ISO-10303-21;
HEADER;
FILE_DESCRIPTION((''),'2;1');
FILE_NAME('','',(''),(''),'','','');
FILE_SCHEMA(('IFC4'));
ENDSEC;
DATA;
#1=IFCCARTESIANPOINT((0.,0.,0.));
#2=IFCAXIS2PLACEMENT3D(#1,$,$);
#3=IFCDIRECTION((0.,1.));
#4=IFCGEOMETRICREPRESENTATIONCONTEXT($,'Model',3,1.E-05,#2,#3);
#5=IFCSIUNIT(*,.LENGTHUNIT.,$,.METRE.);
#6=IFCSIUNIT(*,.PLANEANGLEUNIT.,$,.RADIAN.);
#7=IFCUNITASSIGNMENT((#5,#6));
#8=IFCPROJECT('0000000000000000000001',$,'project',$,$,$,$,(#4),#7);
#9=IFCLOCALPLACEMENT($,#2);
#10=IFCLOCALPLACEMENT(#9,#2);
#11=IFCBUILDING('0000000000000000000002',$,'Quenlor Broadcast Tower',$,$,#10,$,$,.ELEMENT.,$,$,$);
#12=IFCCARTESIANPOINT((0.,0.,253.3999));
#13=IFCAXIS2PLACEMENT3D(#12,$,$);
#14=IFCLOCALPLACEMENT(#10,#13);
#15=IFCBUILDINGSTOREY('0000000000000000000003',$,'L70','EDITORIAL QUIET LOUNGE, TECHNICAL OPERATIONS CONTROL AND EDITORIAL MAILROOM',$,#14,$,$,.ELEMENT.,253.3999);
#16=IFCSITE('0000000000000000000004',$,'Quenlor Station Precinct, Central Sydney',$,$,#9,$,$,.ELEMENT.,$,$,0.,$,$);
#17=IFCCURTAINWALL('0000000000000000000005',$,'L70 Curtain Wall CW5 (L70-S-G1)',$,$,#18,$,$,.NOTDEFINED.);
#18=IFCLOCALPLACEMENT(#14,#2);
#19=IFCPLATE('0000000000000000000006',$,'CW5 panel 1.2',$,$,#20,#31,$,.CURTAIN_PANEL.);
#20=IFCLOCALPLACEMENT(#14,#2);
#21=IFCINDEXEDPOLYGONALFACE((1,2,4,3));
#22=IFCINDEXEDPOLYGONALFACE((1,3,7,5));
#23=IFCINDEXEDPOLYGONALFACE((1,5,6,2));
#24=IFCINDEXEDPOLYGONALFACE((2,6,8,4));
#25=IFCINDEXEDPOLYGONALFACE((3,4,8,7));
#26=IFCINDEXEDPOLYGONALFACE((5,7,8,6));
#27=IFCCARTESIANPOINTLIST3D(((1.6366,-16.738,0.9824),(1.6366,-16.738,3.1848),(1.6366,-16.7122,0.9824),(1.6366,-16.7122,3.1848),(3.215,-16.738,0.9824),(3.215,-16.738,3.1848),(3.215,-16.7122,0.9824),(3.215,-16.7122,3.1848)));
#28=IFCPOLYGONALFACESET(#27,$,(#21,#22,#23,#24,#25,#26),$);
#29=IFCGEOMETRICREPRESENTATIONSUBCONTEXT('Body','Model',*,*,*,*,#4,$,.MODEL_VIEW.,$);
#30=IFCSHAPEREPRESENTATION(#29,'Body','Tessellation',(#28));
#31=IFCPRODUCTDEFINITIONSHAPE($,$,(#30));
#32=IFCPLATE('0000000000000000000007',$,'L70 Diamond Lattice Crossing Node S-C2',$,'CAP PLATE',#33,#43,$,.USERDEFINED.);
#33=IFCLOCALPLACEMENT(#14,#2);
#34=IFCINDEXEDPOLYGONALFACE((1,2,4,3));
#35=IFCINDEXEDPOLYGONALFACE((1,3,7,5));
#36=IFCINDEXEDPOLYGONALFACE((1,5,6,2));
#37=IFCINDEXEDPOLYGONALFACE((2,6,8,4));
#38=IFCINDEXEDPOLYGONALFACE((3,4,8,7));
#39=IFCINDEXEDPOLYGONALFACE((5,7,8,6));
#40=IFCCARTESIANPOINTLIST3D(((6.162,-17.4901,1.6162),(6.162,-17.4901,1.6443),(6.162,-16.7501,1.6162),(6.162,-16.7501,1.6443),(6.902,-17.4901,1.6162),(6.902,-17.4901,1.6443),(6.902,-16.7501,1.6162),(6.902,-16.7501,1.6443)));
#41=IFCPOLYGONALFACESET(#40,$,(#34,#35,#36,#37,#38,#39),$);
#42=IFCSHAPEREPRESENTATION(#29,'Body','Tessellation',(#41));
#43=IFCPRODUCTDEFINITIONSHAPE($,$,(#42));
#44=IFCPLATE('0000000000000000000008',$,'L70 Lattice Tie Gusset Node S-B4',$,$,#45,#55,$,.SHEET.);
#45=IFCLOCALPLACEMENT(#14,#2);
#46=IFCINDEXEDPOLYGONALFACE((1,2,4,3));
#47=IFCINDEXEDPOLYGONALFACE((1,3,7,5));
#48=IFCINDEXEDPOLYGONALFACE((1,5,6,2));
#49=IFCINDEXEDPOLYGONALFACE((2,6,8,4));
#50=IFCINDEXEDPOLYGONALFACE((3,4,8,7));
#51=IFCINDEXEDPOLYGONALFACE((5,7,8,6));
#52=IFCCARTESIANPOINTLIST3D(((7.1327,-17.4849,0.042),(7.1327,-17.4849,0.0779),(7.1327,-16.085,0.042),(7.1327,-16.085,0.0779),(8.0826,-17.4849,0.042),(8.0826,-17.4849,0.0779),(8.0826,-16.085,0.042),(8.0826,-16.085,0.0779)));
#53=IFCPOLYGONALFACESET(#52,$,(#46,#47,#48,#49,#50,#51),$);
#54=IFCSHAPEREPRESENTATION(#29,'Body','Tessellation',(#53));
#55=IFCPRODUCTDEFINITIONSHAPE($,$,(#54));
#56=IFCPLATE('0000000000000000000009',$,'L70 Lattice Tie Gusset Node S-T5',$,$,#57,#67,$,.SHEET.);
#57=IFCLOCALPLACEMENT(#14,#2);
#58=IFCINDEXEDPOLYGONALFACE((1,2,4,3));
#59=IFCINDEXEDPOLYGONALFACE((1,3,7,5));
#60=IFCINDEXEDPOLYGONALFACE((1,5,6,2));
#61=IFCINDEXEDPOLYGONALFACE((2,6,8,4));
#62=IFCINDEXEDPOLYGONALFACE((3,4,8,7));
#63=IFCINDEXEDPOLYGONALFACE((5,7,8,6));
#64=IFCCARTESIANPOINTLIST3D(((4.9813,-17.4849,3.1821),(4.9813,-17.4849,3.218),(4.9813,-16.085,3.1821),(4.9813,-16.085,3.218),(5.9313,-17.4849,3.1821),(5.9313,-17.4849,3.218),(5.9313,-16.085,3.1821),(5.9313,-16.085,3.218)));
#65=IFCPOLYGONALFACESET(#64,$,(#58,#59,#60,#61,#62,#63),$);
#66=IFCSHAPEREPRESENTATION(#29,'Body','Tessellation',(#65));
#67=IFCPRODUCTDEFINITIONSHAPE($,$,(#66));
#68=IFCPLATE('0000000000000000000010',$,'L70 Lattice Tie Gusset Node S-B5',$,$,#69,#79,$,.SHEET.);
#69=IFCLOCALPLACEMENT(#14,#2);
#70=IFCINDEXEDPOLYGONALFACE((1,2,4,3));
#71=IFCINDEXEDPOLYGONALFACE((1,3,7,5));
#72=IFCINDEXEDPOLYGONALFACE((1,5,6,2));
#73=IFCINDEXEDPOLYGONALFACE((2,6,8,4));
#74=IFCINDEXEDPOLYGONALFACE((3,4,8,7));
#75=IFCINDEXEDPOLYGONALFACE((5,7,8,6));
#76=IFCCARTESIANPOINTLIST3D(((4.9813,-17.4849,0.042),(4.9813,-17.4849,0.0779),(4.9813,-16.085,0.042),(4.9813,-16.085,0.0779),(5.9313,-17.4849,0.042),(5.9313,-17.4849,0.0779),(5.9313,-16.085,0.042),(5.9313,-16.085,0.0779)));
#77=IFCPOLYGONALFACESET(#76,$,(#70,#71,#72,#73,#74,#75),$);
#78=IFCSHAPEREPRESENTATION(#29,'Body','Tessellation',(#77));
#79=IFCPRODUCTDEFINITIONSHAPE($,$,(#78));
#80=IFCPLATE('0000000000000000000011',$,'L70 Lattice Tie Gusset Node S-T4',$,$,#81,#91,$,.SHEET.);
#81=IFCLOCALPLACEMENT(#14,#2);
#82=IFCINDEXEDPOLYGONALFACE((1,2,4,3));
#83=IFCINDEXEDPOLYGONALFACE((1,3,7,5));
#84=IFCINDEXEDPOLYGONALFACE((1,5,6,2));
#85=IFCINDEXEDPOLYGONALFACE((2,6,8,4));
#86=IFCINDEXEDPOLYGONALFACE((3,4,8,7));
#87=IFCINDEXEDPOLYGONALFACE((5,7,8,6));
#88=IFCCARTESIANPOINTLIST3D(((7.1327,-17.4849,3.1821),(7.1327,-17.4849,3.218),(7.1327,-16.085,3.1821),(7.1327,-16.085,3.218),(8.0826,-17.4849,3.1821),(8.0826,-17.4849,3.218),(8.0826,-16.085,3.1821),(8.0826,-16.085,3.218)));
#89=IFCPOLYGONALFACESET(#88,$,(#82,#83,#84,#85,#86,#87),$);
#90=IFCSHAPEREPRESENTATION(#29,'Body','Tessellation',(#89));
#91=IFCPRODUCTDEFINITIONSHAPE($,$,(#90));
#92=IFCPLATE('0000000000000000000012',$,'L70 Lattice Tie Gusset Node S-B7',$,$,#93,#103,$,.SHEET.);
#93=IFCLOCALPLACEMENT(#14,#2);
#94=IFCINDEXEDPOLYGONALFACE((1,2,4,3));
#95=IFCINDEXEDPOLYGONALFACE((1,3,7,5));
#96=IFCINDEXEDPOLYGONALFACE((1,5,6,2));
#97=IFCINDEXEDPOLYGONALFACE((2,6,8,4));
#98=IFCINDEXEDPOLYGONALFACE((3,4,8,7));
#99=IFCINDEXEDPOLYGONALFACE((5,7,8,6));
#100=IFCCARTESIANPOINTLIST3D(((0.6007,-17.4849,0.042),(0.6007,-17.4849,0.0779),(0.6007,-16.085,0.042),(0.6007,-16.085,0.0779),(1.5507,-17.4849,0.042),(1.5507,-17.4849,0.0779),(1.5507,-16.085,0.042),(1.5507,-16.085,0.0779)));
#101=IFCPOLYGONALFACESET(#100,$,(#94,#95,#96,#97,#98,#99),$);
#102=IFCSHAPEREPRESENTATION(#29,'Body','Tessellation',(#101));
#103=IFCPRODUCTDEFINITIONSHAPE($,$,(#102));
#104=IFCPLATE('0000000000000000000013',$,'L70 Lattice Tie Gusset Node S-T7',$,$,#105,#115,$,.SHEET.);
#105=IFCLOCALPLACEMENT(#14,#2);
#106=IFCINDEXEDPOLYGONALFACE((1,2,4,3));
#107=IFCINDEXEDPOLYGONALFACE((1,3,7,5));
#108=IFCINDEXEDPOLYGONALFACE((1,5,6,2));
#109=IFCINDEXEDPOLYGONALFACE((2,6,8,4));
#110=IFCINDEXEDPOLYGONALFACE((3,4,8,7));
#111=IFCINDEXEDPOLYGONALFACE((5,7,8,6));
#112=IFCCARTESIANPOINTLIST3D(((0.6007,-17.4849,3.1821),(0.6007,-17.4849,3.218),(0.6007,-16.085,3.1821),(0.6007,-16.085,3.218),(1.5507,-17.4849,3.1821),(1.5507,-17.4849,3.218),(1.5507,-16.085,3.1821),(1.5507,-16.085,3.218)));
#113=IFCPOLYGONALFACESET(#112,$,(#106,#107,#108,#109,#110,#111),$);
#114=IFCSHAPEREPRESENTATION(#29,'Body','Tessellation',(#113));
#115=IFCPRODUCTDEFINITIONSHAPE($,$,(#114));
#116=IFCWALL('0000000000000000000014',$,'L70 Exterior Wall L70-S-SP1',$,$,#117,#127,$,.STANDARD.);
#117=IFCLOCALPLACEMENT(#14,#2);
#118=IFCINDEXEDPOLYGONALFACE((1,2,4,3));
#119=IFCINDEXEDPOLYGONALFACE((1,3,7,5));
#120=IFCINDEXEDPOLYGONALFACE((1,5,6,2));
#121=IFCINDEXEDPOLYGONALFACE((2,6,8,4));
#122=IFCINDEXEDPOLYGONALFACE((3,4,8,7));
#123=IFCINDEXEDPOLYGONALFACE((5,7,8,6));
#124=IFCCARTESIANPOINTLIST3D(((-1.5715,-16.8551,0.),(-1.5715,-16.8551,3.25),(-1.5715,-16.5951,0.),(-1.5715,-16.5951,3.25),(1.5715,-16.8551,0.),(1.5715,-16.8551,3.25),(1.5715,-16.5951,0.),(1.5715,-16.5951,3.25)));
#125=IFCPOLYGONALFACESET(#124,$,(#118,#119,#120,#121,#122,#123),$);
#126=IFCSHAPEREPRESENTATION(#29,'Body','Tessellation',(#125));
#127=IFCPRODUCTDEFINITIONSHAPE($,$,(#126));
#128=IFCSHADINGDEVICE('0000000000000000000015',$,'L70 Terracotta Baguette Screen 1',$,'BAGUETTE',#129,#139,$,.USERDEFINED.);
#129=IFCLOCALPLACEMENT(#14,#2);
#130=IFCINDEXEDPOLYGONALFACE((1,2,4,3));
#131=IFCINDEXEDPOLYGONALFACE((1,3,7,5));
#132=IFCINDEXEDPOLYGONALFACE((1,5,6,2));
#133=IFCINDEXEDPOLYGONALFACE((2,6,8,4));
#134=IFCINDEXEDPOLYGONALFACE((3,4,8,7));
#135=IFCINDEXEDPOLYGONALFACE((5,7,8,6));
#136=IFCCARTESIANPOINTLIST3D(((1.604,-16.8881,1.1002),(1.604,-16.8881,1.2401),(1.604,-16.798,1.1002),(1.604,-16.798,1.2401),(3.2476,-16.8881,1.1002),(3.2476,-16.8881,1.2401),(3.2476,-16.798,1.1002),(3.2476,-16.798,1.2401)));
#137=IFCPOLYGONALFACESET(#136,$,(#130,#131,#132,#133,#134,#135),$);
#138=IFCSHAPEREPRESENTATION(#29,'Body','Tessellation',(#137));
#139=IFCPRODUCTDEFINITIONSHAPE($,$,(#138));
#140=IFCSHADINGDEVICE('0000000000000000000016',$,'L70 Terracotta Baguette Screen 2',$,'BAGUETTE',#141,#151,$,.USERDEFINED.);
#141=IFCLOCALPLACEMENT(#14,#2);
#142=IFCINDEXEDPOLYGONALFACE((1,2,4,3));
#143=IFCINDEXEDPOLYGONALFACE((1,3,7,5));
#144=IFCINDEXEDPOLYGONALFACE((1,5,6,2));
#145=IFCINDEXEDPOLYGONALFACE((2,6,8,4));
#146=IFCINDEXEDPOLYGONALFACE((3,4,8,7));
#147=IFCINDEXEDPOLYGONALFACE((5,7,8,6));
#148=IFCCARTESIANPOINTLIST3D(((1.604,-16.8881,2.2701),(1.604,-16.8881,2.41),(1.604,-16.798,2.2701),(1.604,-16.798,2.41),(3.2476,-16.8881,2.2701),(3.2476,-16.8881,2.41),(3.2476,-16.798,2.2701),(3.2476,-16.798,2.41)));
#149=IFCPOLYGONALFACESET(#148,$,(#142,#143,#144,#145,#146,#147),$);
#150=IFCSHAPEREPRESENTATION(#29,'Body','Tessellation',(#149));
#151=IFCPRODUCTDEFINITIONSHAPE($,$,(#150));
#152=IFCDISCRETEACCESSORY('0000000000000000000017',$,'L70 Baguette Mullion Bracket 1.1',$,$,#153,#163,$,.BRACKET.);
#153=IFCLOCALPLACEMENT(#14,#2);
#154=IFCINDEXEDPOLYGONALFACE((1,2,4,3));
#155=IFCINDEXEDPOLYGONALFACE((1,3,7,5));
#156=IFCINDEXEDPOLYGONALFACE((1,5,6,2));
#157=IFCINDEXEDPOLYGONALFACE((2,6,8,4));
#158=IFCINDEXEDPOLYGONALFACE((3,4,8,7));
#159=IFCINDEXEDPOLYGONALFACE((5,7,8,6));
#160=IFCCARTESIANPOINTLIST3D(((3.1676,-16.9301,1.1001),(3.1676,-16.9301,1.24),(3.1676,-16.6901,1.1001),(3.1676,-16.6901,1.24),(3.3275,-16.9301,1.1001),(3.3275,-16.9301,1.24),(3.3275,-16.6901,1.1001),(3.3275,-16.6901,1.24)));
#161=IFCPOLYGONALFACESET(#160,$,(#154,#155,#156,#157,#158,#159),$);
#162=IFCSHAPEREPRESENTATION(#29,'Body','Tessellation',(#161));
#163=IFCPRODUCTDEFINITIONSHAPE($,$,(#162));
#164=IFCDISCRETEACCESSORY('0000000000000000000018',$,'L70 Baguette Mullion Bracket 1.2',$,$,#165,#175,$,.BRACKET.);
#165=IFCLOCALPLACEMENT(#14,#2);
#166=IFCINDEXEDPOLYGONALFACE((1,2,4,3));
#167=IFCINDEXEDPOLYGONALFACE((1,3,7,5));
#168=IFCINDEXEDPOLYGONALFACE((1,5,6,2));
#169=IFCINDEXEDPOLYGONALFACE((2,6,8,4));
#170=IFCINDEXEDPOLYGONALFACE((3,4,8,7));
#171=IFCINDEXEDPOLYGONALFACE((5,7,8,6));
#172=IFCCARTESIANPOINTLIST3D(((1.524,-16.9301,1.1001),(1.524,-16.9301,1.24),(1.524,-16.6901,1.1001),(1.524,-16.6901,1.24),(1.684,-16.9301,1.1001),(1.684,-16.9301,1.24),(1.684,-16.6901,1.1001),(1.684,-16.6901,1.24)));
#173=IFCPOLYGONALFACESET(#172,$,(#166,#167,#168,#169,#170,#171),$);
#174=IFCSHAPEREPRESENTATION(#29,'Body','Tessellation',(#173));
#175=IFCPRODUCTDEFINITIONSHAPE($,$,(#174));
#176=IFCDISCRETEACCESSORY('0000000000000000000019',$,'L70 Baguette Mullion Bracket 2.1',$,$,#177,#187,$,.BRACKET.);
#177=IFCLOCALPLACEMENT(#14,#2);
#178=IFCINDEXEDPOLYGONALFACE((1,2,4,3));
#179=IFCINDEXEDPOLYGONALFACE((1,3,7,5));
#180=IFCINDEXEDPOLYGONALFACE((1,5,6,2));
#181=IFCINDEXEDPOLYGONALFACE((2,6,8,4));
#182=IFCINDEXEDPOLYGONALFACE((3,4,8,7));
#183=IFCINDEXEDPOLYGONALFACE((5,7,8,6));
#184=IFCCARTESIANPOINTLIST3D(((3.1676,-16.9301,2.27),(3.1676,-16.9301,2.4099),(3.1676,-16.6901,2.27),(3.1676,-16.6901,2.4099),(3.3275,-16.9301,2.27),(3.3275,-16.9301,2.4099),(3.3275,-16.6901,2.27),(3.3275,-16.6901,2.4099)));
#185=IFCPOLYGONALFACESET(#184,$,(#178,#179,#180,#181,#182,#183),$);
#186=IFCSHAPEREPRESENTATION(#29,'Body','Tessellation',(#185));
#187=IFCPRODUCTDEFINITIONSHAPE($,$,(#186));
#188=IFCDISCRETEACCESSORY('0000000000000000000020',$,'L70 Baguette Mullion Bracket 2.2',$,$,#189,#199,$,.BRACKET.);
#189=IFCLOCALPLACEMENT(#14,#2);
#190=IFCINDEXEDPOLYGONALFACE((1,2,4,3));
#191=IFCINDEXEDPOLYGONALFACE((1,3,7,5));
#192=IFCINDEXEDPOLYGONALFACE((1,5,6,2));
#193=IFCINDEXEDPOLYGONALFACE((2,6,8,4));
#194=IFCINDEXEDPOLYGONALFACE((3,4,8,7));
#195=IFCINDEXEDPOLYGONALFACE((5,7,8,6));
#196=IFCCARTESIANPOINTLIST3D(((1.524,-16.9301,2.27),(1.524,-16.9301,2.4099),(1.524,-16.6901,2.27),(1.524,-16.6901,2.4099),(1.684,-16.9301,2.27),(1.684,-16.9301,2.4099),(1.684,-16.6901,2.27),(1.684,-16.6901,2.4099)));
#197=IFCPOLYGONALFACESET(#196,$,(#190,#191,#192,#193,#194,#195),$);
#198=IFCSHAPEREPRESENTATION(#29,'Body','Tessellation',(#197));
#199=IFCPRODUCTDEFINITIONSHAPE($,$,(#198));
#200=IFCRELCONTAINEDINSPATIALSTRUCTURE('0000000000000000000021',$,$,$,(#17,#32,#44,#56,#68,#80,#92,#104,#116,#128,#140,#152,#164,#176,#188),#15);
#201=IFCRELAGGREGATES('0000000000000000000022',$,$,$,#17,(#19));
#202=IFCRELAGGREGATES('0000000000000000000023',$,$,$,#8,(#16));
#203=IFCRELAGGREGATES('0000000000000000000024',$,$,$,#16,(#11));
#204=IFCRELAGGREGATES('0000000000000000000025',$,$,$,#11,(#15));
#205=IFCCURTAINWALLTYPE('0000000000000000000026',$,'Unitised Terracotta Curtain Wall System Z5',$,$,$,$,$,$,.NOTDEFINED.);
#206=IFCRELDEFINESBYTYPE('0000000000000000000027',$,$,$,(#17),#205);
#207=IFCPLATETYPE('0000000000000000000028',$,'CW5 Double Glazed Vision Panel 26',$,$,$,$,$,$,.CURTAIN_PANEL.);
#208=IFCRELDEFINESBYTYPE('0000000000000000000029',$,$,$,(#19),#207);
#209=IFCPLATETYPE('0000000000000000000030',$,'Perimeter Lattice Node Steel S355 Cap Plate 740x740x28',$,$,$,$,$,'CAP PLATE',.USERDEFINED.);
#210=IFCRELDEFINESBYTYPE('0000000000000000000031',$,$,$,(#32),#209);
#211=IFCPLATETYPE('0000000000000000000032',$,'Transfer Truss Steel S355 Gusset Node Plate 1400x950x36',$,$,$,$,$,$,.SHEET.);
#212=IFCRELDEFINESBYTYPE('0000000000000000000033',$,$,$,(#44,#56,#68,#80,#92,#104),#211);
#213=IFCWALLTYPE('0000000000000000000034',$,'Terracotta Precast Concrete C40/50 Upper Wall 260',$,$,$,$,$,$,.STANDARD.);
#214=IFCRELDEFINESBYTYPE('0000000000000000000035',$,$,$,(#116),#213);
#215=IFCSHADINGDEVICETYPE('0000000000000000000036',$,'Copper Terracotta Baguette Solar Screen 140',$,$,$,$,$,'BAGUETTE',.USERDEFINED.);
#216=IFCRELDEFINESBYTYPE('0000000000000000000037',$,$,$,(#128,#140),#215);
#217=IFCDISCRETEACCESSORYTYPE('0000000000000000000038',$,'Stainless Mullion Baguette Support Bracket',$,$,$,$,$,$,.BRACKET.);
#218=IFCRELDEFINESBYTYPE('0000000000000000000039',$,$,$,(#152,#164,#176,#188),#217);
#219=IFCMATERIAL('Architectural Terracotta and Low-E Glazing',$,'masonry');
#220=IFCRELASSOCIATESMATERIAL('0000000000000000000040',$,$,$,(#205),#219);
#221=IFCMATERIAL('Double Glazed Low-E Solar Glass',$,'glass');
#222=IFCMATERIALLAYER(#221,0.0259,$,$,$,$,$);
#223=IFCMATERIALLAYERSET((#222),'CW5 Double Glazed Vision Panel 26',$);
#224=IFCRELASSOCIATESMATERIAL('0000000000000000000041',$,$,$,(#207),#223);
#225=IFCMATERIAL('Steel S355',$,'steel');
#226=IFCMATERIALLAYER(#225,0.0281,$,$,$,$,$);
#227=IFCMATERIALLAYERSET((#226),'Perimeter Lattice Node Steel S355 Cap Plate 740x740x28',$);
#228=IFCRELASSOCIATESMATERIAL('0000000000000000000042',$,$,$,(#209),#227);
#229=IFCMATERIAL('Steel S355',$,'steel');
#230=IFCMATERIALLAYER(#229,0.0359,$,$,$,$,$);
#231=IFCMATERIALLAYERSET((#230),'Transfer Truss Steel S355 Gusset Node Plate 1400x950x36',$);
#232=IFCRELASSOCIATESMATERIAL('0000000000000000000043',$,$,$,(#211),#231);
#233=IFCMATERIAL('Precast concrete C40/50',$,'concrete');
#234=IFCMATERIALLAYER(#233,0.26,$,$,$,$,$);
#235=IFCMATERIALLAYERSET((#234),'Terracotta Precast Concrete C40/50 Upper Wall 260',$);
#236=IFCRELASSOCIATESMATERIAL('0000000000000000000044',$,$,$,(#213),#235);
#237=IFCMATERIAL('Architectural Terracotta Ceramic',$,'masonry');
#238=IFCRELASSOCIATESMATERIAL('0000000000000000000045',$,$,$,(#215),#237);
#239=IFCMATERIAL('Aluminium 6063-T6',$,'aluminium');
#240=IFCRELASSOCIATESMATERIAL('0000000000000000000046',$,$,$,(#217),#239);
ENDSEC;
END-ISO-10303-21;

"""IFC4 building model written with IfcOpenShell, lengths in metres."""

from ifc_helpers import new_model, si_unit, direction, frame, frame_2d, origin, origin_2d, place, context, subcontext, project, spatial, rectangle, extrude, material, layer, layer_set, material_profile, profile_set, type_object, element, aggregate, save


model = new_model("IFC4")

# Units and contexts
model_context = context("Model", 3, precision=1e-05, world=origin(), true_north=direction((0.0, 1.0)))
body_context = subcontext(model_context, "Body", "Model", "MODEL_VIEW")
ifc_project = project(units=[si_unit("LENGTHUNIT", "METRE"), si_unit("PLANEANGLEUNIT", "RADIAN")], contexts=[model_context])

# Site, building, storey
site_placement = place(None, origin())
site = spatial("IfcSite", under=ifc_project, at=site_placement, Name="Quenlor Station Precinct, Central Sydney", CompositionType="ELEMENT", RefElevation=0.0)
building_placement = place(site_placement, origin())
building = spatial("IfcBuilding", under=site, at=building_placement, Name="Quenlor Broadcast Tower", CompositionType="ELEMENT")
storey_placement = place(building_placement, frame((0.0, 0.0, 253.3999)))
storey = spatial("IfcBuildingStorey", under=building, at=storey_placement, Name="L70", Description="EDITORIAL QUIET LOUNGE, TECHNICAL OPERATIONS CONTROL AND EDITORIAL MAILROOM", CompositionType="ELEMENT", Elevation=253.3999)

# Curtain wall
ifc_material_1 = material(Name="Architectural Terracotta and Low-E Glazing", Category="masonry")
curtain_wall_type = type_object("IfcCurtainWallType", Name="Unitised Terracotta Curtain Wall System Z5", PredefinedType="NOTDEFINED", material=ifc_material_1)
curtain_wall_placement = place(storey_placement, origin())
curtain_wall = element("IfcCurtainWall", 1, at=curtain_wall_placement, inside=storey, type_object=curtain_wall_type, Name="L70 Curtain Wall CW5 (L70-S-G1)", PredefinedType="NOTDEFINED")

# Plate
ifc_material_2 = material(Name="Double Glazed Low-E Solar Glass", Category="glass")
ifc_layer_1 = layer(ifc_material_2, 0.0259)
ifc_layer_set_1 = layer_set([ifc_layer_1], Name="CW5 Double Glazed Vision Panel 26")
plate_type_1 = type_object("IfcPlateType", Name="CW5 Double Glazed Vision Panel 26", PredefinedType="CURTAIN_PANEL", material=ifc_layer_set_1)
plate_1_placement = place(storey_placement, frame((2.4258, -16.7251, 0.9824), z_axis=(0.0, 0.0, 1.0), x_axis=(-1.0, 0.0, 0.0)))
plate_1 = element("IfcPlate", 2, at=plate_1_placement, type_object=plate_type_1, Name="CW5 panel 1.2", PredefinedType="CURTAIN_PANEL", context=body_context, shape_type="SweptSolid", body=[
    extrude(rectangle(XDim=1.5784, YDim=0.0259, at=origin_2d()), origin(), (0.0, 0.0, 1.0), 2.2024),
])
aggregate(curtain_wall, [plate_1])

# Plates
ifc_material_3 = material(Name="Steel S355", Category="steel")
ifc_layer_2 = layer(ifc_material_3, 0.0281)
ifc_layer_set_2 = layer_set([ifc_layer_2], Name="Perimeter Lattice Node Steel S355 Cap Plate 740x740x28")
plate_type_2 = type_object("IfcPlateType", Name="Perimeter Lattice Node Steel S355 Cap Plate 740x740x28", ElementType="CAP PLATE", PredefinedType="USERDEFINED", material=ifc_layer_set_2)
plate_2_placement = place(storey_placement, frame((6.532, -17.1201, 1.6162), z_axis=(0.0, 0.0, 1.0), x_axis=(-1.0, 0.0, 0.0)))
element("IfcPlate", 3, at=plate_2_placement, inside=storey, type_object=plate_type_2, Name="L70 Diamond Lattice Crossing Node S-C2", ObjectType="CAP PLATE", PredefinedType="USERDEFINED", context=body_context, shape_type="SweptSolid", body=[
    extrude(rectangle(XDim=0.74, YDim=0.74, at=origin_2d()), origin(), (0.0, 0.0, 1.0), 0.0281),
])
ifc_material_4 = material(Name="Steel S355", Category="steel")
ifc_layer_3 = layer(ifc_material_4, 0.0359)
ifc_layer_set_3 = layer_set([ifc_layer_3], Name="Transfer Truss Steel S355 Gusset Node Plate 1400x950x36")
plate_type_3 = type_object("IfcPlateType", Name="Transfer Truss Steel S355 Gusset Node Plate 1400x950x36", PredefinedType="SHEET", material=ifc_layer_set_3)
for number, where, z_axis, x_axis, name in (
    (4, (7.6077, -16.7849, 0.042), (0.0, 0.0, 1.0), (0.0, -1.0, 0.0), "L70 Lattice Tie Gusset Node S-B4"),
    (5, (5.4563, -16.7849, 3.1821), (0.0, 0.0, 1.0), (0.0, -1.0, 0.0), "L70 Lattice Tie Gusset Node S-T5"),
    (6, (5.4563, -16.7849, 0.042), (0.0, 0.0, 1.0), (0.0, -1.0, 0.0), "L70 Lattice Tie Gusset Node S-B5"),
    (7, (7.6077, -16.7849, 3.1821), (0.0, 0.0, 1.0), (0.0, -1.0, 0.0), "L70 Lattice Tie Gusset Node S-T4"),
    (8, (1.0757, -16.7849, 0.042), (0.0, 0.0, 1.0), (0.0, -1.0, 0.0), "L70 Lattice Tie Gusset Node S-B7"),
    (9, (1.0757, -16.7849, 3.1821), (0.0, 0.0, 1.0), (0.0, -1.0, 0.0), "L70 Lattice Tie Gusset Node S-T7"),
):
    element("IfcPlate", number, at=place(storey_placement, frame(where, z_axis=z_axis, x_axis=x_axis)), inside=storey, type_object=plate_type_3, Name=name, PredefinedType="SHEET", context=body_context, shape_type="SweptSolid", body=[
        extrude(rectangle(XDim=1.3999, YDim=0.95, at=origin_2d()), origin(), (0.0, 0.0, 1.0), 0.0359),
    ])

# Wall
ifc_material_5 = material(Name="Precast concrete C40/50", Category="concrete")
ifc_layer_4 = layer(ifc_material_5, 0.26)
ifc_layer_set_4 = layer_set([ifc_layer_4], Name="Terracotta Precast Concrete C40/50 Upper Wall 260")
wall_type = type_object("IfcWallType", Name="Terracotta Precast Concrete C40/50 Upper Wall 260", PredefinedType="STANDARD", material=ifc_layer_set_4)
wall_placement = place(storey_placement, frame((1.5715, -16.7251, 0.0), z_axis=(0.0, 0.0, 1.0), x_axis=(-1.0, 0.0, 0.0)))
element("IfcWall", 10, at=wall_placement, inside=storey, type_object=wall_type, Name="L70 Exterior Wall L70-S-SP1", PredefinedType="STANDARD", context=body_context, shape_type="SweptSolid", body=[
    extrude(rectangle(XDim=3.1431, YDim=0.26, at=frame_2d((1.5715, 0.0))), origin(), (0.0, 0.0, 1.0), 3.25),
])

# Shading devices
ifc_material_6 = material(Name="Architectural Terracotta Ceramic", Category="masonry")
ifc_material_profile_1 = material_profile(ifc_material_6, rectangle(XDim=0.0901, YDim=0.1399, at=origin_2d()))
ifc_profile_set_1 = profile_set([ifc_material_profile_1], Name="Architectural Terracotta Ceramic BAG90x140")
shading_device_type = type_object("IfcShadingDeviceType", Name="Copper Terracotta Baguette Solar Screen 140", ElementType="BAGUETTE", PredefinedType="USERDEFINED", material=ifc_profile_set_1)
for number, where, z_axis, x_axis, name in (
    (11, (3.2476, -16.843, 1.1702), (-1.0, 0.0, 0.0), (0.0, -1.0, 0.0), "L70 Terracotta Baguette Screen 1"),
    (12, (3.2476, -16.843, 2.3401), (-1.0, 0.0, 0.0), (0.0, -1.0, 0.0), "L70 Terracotta Baguette Screen 2"),
):
    element("IfcShadingDevice", number, at=place(storey_placement, frame(where, z_axis=z_axis, x_axis=x_axis)), inside=storey, type_object=shading_device_type, Name=name, ObjectType="BAGUETTE", PredefinedType="USERDEFINED", context=body_context, shape_type="SweptSolid", body=[
        extrude(rectangle(XDim=0.0901, YDim=0.1399, at=origin_2d()), origin(), (0.0, 0.0, 1.0), 1.6436),
    ])

# Discrete accessories
ifc_material_7 = material(Name="Aluminium 6063-T6", Category="aluminium")
discrete_accessory_type = type_object("IfcDiscreteAccessoryType", Name="Stainless Mullion Baguette Support Bracket", PredefinedType="BRACKET", material=ifc_material_7)
for number, where, z_axis, x_axis, name in (
    (13, (3.2476, -16.8101, 1.1001), (0.0, 0.0, 1.0), (-1.0, 0.0, 0.0), "L70 Baguette Mullion Bracket 1.1"),
    (14, (1.604, -16.8101, 1.1001), (0.0, 0.0, 1.0), (-1.0, 0.0, 0.0), "L70 Baguette Mullion Bracket 1.2"),
    (15, (3.2476, -16.8101, 2.27), (0.0, 0.0, 1.0), (-1.0, 0.0, 0.0), "L70 Baguette Mullion Bracket 2.1"),
    (16, (1.604, -16.8101, 2.27), (0.0, 0.0, 1.0), (-1.0, 0.0, 0.0), "L70 Baguette Mullion Bracket 2.2"),
):
    element("IfcDiscreteAccessory", number, at=place(storey_placement, frame(where, z_axis=z_axis, x_axis=x_axis)), inside=storey, type_object=discrete_accessory_type, Name=name, PredefinedType="BRACKET", context=body_context, shape_type="SweptSolid", body=[
        extrude(rectangle(XDim=0.1599, YDim=0.24, at=origin_2d()), origin(), (0.0, 0.0, 1.0), 0.1399),
    ])

save(model, "model.ifc")
